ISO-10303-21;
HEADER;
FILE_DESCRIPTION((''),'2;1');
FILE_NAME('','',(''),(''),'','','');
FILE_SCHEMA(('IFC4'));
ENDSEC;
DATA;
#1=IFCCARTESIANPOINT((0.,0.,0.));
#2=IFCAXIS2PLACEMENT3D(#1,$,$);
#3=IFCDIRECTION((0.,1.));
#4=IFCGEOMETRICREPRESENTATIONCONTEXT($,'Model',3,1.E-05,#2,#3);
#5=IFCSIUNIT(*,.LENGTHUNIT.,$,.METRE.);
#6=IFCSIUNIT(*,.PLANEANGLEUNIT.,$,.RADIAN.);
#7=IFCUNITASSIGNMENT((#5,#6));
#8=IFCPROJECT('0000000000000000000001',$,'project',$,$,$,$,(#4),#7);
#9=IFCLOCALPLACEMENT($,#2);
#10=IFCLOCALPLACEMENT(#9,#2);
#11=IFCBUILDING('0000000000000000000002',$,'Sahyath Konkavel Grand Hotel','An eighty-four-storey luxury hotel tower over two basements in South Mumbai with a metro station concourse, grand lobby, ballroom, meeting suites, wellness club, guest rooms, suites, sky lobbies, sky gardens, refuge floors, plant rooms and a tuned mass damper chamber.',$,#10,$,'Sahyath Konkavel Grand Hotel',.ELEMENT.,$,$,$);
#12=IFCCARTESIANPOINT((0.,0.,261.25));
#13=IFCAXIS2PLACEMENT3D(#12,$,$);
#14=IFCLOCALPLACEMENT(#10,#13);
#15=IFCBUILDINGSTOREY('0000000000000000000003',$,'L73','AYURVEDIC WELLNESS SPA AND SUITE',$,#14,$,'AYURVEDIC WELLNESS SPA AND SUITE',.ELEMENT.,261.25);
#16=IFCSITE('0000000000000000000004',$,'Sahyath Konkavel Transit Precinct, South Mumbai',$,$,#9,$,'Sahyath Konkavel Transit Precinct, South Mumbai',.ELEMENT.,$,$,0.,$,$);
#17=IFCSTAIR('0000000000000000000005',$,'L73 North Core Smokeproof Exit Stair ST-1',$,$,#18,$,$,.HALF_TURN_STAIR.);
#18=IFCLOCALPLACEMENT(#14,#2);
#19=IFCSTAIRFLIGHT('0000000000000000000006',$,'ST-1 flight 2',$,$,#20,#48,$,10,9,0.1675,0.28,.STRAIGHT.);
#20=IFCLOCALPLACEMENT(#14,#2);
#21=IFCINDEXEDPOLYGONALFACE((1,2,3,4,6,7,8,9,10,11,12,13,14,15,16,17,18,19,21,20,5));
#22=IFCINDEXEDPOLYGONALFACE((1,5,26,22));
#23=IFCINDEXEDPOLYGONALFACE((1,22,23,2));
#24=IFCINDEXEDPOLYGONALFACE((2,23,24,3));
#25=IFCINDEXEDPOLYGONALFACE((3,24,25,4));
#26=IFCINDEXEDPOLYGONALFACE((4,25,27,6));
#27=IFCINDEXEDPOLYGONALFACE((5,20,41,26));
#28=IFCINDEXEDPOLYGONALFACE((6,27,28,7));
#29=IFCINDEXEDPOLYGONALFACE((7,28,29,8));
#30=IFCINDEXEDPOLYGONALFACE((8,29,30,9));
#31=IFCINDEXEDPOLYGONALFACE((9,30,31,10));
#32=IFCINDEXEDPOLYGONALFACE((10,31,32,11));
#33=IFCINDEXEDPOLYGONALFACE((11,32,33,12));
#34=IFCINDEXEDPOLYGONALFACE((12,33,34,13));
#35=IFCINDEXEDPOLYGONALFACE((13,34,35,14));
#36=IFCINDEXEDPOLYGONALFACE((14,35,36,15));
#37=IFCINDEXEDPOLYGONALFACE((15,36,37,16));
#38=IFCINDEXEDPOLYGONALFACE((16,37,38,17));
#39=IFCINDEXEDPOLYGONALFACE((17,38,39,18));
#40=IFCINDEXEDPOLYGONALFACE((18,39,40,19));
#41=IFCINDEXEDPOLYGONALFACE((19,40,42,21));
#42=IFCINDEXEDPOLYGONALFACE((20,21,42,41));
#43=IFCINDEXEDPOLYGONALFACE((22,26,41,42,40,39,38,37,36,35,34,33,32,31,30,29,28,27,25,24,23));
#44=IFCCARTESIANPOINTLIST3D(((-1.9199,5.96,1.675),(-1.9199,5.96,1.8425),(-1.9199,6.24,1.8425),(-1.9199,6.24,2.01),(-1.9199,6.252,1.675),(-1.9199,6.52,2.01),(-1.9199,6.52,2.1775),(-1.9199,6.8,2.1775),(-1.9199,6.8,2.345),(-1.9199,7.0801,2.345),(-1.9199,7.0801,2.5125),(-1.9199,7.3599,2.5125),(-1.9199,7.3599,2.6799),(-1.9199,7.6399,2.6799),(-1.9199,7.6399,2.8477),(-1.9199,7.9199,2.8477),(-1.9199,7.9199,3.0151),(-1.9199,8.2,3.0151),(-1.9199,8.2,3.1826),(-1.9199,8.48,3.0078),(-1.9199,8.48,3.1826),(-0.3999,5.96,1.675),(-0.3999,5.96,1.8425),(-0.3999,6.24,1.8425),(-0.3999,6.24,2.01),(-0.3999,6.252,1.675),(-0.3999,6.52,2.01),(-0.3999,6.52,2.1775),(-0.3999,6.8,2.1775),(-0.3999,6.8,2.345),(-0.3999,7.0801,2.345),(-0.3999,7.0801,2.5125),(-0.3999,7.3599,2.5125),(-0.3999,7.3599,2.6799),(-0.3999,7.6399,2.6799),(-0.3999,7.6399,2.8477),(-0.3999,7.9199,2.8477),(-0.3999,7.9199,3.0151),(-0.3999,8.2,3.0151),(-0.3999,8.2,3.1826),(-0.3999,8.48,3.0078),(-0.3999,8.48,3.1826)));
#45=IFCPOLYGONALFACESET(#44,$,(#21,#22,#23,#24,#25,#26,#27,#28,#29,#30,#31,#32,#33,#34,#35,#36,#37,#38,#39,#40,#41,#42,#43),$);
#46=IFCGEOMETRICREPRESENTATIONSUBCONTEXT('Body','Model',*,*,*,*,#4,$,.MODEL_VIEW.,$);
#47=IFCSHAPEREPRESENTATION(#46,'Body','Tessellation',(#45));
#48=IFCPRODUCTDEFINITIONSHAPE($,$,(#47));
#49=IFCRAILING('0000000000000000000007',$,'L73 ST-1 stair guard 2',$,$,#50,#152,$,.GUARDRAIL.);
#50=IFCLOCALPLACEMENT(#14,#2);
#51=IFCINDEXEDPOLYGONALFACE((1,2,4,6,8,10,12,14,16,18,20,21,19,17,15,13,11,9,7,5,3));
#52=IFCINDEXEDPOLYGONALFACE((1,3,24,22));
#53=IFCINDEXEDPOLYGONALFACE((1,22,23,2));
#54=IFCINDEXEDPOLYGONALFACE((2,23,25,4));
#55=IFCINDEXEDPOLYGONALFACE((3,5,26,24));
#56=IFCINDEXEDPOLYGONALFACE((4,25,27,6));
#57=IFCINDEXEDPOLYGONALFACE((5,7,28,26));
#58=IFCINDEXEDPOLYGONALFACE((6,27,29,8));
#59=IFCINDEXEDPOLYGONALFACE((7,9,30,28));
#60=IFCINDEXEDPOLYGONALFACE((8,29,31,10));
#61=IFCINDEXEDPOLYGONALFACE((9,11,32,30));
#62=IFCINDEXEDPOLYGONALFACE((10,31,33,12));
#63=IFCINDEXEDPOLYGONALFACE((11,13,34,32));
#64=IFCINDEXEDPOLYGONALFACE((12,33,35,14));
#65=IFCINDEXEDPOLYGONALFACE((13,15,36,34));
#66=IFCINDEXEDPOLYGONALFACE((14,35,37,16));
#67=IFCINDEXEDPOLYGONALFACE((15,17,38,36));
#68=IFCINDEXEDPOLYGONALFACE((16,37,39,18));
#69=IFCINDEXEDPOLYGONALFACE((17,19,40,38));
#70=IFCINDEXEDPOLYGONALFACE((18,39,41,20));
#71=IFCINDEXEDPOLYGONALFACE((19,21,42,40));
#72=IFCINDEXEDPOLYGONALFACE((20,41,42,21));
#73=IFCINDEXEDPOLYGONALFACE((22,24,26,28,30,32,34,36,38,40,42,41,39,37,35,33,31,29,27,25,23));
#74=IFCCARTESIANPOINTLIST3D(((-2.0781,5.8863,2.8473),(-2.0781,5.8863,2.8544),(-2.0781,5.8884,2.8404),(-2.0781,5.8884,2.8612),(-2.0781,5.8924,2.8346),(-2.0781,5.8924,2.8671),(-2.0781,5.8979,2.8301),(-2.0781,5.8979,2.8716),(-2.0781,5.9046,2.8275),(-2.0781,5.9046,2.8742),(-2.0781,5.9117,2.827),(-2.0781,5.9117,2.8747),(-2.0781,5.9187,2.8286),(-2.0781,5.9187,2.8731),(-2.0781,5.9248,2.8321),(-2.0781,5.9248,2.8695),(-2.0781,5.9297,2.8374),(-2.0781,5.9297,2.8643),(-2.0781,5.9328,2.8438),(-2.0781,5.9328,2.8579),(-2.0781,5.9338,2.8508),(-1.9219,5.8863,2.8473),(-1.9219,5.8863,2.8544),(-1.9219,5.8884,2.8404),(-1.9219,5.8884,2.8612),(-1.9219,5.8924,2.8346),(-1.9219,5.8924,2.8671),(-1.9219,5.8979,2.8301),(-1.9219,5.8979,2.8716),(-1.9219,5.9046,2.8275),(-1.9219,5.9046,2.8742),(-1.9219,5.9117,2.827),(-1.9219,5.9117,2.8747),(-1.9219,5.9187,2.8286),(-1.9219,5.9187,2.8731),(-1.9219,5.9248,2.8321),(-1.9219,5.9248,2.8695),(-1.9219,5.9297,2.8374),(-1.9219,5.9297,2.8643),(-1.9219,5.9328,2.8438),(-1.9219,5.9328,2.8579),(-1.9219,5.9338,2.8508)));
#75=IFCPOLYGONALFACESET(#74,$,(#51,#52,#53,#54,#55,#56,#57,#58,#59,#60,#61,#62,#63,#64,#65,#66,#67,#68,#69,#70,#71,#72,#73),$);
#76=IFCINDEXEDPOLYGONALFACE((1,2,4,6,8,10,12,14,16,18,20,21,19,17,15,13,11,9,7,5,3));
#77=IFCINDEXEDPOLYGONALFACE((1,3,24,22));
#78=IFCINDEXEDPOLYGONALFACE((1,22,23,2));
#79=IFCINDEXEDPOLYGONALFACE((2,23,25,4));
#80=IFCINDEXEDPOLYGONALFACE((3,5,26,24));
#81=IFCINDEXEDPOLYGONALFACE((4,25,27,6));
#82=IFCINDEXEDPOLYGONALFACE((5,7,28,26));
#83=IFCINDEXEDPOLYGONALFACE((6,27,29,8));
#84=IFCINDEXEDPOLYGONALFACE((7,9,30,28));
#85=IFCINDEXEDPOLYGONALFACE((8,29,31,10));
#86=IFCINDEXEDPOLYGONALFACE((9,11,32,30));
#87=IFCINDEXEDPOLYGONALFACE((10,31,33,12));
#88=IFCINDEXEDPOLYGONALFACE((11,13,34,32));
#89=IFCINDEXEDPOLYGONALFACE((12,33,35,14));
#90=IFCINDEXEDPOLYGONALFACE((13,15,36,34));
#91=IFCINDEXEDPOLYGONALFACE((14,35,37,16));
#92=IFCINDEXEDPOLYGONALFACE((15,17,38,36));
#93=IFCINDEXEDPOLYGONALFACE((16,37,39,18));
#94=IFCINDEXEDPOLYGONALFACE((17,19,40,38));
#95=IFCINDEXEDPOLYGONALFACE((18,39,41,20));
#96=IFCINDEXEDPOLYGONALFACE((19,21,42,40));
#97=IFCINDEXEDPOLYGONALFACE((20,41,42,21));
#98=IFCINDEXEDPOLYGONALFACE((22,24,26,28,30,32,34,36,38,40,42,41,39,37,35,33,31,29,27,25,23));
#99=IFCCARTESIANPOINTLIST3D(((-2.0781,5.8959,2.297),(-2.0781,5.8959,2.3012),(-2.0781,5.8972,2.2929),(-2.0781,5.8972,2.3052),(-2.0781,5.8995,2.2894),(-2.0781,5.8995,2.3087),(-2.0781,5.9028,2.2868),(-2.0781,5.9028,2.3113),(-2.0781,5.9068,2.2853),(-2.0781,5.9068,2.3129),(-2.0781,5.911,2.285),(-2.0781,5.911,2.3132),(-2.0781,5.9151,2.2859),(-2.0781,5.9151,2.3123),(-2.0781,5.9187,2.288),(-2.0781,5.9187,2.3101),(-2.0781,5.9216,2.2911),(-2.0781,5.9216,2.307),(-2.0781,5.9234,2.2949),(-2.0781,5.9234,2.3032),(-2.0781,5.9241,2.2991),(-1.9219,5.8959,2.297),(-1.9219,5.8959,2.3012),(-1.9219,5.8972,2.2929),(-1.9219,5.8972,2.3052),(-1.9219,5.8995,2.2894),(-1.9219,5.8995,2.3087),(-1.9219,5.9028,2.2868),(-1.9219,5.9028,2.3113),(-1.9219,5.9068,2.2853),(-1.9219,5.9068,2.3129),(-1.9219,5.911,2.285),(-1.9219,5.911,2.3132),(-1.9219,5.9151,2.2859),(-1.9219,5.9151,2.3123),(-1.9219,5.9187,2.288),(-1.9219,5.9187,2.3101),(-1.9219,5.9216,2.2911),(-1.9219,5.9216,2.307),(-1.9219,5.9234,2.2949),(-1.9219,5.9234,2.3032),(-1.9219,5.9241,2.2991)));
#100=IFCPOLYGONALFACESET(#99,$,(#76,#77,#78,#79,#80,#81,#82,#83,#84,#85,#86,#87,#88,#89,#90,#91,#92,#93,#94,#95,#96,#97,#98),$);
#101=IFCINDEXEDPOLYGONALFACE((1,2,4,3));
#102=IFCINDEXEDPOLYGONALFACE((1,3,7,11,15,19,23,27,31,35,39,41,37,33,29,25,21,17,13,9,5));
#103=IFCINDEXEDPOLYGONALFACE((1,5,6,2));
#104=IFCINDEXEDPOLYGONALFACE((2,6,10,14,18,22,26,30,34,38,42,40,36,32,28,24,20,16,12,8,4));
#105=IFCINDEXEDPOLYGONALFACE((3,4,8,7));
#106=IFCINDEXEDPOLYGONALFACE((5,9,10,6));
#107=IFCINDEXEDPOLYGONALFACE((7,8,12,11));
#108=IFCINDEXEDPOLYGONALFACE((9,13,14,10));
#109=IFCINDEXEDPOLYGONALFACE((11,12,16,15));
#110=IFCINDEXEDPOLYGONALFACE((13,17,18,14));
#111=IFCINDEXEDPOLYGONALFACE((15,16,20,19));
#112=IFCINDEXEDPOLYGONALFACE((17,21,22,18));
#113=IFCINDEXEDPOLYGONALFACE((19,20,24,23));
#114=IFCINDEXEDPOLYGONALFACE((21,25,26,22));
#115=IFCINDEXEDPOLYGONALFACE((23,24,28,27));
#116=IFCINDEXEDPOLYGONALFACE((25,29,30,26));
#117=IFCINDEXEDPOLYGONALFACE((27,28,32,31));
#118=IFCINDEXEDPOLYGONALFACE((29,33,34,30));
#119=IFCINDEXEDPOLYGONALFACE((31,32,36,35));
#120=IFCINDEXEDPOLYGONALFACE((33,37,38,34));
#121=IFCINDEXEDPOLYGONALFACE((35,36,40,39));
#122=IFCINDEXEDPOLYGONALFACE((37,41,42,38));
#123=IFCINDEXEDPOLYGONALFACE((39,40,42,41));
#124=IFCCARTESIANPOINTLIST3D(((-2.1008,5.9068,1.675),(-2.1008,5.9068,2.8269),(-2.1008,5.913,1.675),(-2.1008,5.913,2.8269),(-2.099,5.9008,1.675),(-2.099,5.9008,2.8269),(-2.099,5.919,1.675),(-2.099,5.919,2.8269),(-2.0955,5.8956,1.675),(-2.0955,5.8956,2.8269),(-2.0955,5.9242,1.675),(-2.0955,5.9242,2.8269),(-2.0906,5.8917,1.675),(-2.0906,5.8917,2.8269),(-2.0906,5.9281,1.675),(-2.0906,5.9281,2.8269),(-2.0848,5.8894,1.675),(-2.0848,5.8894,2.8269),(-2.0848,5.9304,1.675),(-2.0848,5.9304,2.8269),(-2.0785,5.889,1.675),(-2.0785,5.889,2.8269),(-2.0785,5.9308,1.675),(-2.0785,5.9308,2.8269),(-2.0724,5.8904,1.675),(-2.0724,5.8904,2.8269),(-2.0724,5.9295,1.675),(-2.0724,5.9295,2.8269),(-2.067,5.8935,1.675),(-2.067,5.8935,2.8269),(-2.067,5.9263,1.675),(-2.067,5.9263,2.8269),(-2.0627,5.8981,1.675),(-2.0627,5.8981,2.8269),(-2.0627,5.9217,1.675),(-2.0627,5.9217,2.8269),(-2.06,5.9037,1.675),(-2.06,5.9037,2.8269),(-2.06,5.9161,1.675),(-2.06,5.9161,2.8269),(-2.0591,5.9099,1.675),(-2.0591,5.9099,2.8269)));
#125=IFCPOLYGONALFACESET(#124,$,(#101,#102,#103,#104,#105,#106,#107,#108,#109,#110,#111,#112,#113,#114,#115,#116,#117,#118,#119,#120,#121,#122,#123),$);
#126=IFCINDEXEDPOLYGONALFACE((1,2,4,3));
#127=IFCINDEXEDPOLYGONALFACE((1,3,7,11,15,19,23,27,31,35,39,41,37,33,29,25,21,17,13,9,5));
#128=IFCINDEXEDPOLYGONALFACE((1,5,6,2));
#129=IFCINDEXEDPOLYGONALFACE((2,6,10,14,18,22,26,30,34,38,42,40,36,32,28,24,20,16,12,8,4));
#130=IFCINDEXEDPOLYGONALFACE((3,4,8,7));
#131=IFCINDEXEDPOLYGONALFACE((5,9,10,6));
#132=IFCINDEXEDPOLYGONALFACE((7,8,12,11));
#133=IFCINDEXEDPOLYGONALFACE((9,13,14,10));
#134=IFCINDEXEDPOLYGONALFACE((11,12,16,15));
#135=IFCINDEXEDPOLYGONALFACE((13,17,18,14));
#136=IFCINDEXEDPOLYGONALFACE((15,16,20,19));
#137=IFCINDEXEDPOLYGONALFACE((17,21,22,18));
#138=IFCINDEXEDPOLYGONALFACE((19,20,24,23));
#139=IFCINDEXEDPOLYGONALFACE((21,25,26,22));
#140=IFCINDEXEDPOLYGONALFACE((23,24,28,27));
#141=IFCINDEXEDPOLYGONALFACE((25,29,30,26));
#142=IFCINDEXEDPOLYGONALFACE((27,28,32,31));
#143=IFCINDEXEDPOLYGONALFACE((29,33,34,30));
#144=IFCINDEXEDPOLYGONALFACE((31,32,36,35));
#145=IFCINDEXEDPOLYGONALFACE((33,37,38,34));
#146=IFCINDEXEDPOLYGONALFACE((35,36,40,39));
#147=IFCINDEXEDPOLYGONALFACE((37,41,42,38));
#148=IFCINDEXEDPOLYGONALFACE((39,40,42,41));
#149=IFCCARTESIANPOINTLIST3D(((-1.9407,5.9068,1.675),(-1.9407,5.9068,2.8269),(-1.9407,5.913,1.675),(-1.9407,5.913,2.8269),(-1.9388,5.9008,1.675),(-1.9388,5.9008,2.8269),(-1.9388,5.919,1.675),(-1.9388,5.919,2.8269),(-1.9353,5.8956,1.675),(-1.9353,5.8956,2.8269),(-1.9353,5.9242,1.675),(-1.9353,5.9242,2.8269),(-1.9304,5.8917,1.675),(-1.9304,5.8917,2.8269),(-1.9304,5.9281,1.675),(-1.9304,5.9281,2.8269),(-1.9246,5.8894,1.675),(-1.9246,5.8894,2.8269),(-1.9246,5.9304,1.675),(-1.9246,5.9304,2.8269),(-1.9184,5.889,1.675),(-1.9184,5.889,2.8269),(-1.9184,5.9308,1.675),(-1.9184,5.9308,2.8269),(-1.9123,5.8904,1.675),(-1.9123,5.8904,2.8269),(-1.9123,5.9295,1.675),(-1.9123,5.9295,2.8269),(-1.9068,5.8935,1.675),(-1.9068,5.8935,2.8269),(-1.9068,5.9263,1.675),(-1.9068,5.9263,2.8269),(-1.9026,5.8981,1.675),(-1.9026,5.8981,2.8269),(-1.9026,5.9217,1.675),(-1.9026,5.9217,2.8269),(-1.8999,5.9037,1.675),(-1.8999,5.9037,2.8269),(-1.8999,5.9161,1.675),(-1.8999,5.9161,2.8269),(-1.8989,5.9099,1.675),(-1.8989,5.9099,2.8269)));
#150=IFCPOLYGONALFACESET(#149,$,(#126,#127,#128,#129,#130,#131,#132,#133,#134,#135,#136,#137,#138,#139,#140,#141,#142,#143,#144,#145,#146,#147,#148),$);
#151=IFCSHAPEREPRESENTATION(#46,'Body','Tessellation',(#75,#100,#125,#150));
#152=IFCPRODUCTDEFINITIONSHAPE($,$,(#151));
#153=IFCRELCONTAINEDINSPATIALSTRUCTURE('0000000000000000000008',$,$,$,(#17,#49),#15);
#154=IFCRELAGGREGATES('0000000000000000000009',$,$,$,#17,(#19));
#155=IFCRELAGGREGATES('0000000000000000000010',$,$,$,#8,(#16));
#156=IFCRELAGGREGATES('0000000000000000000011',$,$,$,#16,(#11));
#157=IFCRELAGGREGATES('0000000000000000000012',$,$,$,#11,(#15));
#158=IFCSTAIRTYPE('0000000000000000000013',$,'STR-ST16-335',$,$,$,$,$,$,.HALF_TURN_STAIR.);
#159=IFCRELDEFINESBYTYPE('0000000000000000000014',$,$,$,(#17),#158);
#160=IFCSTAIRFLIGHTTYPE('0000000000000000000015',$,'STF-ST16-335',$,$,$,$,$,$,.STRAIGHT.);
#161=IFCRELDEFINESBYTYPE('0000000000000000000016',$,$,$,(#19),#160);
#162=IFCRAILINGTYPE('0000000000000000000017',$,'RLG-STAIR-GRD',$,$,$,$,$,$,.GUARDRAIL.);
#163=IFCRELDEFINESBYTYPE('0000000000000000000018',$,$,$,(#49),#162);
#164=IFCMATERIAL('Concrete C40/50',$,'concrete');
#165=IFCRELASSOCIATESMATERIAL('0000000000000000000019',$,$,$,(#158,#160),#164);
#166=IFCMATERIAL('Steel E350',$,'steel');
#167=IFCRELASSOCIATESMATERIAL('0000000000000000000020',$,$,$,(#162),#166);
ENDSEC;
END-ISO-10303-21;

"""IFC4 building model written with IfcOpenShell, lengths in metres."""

from ifc_helpers import new_model, si_unit, direction, frame, origin, origin_2d, place, context, subcontext, project, spatial, polyline, circle, outline, extrude, material, type_object, element, aggregate, save


model = new_model("IFC4")

# Units and contexts
model_context = context("Model", 3, precision=1e-05, world=origin(), true_north=direction((0.0, 1.0)))
body_context = subcontext(model_context, "Body", "Model", "MODEL_VIEW")
ifc_project = project(units=[si_unit("LENGTHUNIT", "METRE"), si_unit("PLANEANGLEUNIT", "RADIAN")], contexts=[model_context])

# Site, building, storey
site_placement = place(None, origin())
site = spatial("IfcSite", under=ifc_project, at=site_placement, Name="Sahyath Konkavel Transit Precinct, South Mumbai", LongName="Sahyath Konkavel Transit Precinct, South Mumbai", CompositionType="ELEMENT", RefElevation=0.0)
building_placement = place(site_placement, origin())
building = spatial("IfcBuilding", under=site, at=building_placement, Name="Sahyath Konkavel Grand Hotel", Description="An eighty-four-storey luxury hotel tower over two basements in South Mumbai with a metro station concourse, grand lobby, ballroom, meeting suites, wellness club, guest rooms, suites, sky lobbies, sky gardens, refuge floors, plant rooms and a tuned mass damper chamber.", LongName="Sahyath Konkavel Grand Hotel", CompositionType="ELEMENT")
storey_placement = place(building_placement, frame((0.0, 0.0, 261.25)))
storey = spatial("IfcBuildingStorey", under=building, at=storey_placement, Name="L73", Description="AYURVEDIC WELLNESS SPA AND SUITE", LongName="AYURVEDIC WELLNESS SPA AND SUITE", CompositionType="ELEMENT", Elevation=261.25)

# Shared definitions
ifc_material_1 = material(Name="Concrete C40/50", Category="concrete")

# Shared definitions
ifc_material_2 = material(Name="Steel E350", Category="steel")

# Stair
stair_type = type_object("IfcStairType", Name="STR-ST16-335", PredefinedType="HALF_TURN_STAIR", material=ifc_material_1)
stair_1_placement = place(storey_placement, origin())
stair_1 = element("IfcStair", 1, at=stair_1_placement, inside=storey, type_object=stair_type, Name="L73 North Core Smokeproof Exit Stair ST-1", PredefinedType="HALF_TURN_STAIR")

# Stair flight
stair_flight_type = type_object("IfcStairFlightType", Name="STF-ST16-335", PredefinedType="STRAIGHT", material=ifc_material_1)
stair_flight_1_placement = place(storey_placement, frame((-1.1599, 5.96, 1.675), z_axis=(0.0, 0.0, 1.0), x_axis=(0.0, 1.0, 0.0)))
stair_flight_1 = element("IfcStairFlight", 2, at=stair_flight_1_placement, type_object=stair_flight_type, Name="ST-1 flight 2", NumberOfRisers=10, NumberOfTreads=9, PredefinedType="STRAIGHT", RiserHeight=0.1675, TreadLength=0.28, context=body_context, shape_type="SweptSolid", body=[
    extrude(outline(polyline([(0.0, 0.0), (0.0, 0.1675), (0.28, 0.1675), (0.28, 0.335), (0.5601, 0.335), (0.5601, 0.5024), (0.8401, 0.5024), (0.8401, 0.6699), (1.1201, 0.6699), (1.1201, 0.8374), (1.3999, 0.8374), (1.3999, 1.0049), (1.6799, 1.0049), (1.6799, 1.1726), (1.96, 1.1726), (1.96, 1.3401), (2.24, 1.3401), (2.24, 1.5076), (2.52, 1.5076), (2.52, 1.675), (2.52, 1.3328), (0.292, 0.0), (0.0, 0.0)])), frame((0.0, 0.76, 0.0), z_axis=(0.0, -1.0, 0.0), x_axis=(1.0, 0.0, 0.0)), (0.0, 0.0, 1.0), 1.52),
])
aggregate(stair_1, [stair_flight_1])

# Railing
railing_type_1 = type_object("IfcRailingType", Name="RLG-STAIR-GRD", PredefinedType="GUARDRAIL", material=ifc_material_2)
railing_1_placement = place(storey_placement, frame((-2.0801, 5.9099, 1.675)))
element("IfcRailing", 3, at=railing_1_placement, inside=storey, type_object=railing_type_1, Name="L73 ST-1 stair guard 2", PredefinedType="GUARDRAIL", context=body_context, shape_type="SweptSolid", body=[
    extrude(circle(Radius=0.0239, at=origin_2d()), frame((0.002, 0.0, 1.1758), z_axis=(1.0, 0.0, 0.0), x_axis=(0.0, 1.0, 0.0)), (0.0, 0.0, 1.0), 0.1562),
    extrude(circle(Radius=0.0142, at=origin_2d()), frame((0.002, 0.0, 0.624), z_axis=(1.0, 0.0, 0.0), x_axis=(0.0, 1.0, 0.0)), (0.0, 0.0, 1.0), 0.1562),
    extrude(circle(Radius=0.021, at=origin_2d()), origin(), (0.0, 0.0, 1.0), 1.1519),
    extrude(circle(Radius=0.021, at=origin_2d()), frame((0.1602, 0.0, 0.0)), (0.0, 0.0, 1.0), 1.1519),
])

save(model, "model.ifc")
